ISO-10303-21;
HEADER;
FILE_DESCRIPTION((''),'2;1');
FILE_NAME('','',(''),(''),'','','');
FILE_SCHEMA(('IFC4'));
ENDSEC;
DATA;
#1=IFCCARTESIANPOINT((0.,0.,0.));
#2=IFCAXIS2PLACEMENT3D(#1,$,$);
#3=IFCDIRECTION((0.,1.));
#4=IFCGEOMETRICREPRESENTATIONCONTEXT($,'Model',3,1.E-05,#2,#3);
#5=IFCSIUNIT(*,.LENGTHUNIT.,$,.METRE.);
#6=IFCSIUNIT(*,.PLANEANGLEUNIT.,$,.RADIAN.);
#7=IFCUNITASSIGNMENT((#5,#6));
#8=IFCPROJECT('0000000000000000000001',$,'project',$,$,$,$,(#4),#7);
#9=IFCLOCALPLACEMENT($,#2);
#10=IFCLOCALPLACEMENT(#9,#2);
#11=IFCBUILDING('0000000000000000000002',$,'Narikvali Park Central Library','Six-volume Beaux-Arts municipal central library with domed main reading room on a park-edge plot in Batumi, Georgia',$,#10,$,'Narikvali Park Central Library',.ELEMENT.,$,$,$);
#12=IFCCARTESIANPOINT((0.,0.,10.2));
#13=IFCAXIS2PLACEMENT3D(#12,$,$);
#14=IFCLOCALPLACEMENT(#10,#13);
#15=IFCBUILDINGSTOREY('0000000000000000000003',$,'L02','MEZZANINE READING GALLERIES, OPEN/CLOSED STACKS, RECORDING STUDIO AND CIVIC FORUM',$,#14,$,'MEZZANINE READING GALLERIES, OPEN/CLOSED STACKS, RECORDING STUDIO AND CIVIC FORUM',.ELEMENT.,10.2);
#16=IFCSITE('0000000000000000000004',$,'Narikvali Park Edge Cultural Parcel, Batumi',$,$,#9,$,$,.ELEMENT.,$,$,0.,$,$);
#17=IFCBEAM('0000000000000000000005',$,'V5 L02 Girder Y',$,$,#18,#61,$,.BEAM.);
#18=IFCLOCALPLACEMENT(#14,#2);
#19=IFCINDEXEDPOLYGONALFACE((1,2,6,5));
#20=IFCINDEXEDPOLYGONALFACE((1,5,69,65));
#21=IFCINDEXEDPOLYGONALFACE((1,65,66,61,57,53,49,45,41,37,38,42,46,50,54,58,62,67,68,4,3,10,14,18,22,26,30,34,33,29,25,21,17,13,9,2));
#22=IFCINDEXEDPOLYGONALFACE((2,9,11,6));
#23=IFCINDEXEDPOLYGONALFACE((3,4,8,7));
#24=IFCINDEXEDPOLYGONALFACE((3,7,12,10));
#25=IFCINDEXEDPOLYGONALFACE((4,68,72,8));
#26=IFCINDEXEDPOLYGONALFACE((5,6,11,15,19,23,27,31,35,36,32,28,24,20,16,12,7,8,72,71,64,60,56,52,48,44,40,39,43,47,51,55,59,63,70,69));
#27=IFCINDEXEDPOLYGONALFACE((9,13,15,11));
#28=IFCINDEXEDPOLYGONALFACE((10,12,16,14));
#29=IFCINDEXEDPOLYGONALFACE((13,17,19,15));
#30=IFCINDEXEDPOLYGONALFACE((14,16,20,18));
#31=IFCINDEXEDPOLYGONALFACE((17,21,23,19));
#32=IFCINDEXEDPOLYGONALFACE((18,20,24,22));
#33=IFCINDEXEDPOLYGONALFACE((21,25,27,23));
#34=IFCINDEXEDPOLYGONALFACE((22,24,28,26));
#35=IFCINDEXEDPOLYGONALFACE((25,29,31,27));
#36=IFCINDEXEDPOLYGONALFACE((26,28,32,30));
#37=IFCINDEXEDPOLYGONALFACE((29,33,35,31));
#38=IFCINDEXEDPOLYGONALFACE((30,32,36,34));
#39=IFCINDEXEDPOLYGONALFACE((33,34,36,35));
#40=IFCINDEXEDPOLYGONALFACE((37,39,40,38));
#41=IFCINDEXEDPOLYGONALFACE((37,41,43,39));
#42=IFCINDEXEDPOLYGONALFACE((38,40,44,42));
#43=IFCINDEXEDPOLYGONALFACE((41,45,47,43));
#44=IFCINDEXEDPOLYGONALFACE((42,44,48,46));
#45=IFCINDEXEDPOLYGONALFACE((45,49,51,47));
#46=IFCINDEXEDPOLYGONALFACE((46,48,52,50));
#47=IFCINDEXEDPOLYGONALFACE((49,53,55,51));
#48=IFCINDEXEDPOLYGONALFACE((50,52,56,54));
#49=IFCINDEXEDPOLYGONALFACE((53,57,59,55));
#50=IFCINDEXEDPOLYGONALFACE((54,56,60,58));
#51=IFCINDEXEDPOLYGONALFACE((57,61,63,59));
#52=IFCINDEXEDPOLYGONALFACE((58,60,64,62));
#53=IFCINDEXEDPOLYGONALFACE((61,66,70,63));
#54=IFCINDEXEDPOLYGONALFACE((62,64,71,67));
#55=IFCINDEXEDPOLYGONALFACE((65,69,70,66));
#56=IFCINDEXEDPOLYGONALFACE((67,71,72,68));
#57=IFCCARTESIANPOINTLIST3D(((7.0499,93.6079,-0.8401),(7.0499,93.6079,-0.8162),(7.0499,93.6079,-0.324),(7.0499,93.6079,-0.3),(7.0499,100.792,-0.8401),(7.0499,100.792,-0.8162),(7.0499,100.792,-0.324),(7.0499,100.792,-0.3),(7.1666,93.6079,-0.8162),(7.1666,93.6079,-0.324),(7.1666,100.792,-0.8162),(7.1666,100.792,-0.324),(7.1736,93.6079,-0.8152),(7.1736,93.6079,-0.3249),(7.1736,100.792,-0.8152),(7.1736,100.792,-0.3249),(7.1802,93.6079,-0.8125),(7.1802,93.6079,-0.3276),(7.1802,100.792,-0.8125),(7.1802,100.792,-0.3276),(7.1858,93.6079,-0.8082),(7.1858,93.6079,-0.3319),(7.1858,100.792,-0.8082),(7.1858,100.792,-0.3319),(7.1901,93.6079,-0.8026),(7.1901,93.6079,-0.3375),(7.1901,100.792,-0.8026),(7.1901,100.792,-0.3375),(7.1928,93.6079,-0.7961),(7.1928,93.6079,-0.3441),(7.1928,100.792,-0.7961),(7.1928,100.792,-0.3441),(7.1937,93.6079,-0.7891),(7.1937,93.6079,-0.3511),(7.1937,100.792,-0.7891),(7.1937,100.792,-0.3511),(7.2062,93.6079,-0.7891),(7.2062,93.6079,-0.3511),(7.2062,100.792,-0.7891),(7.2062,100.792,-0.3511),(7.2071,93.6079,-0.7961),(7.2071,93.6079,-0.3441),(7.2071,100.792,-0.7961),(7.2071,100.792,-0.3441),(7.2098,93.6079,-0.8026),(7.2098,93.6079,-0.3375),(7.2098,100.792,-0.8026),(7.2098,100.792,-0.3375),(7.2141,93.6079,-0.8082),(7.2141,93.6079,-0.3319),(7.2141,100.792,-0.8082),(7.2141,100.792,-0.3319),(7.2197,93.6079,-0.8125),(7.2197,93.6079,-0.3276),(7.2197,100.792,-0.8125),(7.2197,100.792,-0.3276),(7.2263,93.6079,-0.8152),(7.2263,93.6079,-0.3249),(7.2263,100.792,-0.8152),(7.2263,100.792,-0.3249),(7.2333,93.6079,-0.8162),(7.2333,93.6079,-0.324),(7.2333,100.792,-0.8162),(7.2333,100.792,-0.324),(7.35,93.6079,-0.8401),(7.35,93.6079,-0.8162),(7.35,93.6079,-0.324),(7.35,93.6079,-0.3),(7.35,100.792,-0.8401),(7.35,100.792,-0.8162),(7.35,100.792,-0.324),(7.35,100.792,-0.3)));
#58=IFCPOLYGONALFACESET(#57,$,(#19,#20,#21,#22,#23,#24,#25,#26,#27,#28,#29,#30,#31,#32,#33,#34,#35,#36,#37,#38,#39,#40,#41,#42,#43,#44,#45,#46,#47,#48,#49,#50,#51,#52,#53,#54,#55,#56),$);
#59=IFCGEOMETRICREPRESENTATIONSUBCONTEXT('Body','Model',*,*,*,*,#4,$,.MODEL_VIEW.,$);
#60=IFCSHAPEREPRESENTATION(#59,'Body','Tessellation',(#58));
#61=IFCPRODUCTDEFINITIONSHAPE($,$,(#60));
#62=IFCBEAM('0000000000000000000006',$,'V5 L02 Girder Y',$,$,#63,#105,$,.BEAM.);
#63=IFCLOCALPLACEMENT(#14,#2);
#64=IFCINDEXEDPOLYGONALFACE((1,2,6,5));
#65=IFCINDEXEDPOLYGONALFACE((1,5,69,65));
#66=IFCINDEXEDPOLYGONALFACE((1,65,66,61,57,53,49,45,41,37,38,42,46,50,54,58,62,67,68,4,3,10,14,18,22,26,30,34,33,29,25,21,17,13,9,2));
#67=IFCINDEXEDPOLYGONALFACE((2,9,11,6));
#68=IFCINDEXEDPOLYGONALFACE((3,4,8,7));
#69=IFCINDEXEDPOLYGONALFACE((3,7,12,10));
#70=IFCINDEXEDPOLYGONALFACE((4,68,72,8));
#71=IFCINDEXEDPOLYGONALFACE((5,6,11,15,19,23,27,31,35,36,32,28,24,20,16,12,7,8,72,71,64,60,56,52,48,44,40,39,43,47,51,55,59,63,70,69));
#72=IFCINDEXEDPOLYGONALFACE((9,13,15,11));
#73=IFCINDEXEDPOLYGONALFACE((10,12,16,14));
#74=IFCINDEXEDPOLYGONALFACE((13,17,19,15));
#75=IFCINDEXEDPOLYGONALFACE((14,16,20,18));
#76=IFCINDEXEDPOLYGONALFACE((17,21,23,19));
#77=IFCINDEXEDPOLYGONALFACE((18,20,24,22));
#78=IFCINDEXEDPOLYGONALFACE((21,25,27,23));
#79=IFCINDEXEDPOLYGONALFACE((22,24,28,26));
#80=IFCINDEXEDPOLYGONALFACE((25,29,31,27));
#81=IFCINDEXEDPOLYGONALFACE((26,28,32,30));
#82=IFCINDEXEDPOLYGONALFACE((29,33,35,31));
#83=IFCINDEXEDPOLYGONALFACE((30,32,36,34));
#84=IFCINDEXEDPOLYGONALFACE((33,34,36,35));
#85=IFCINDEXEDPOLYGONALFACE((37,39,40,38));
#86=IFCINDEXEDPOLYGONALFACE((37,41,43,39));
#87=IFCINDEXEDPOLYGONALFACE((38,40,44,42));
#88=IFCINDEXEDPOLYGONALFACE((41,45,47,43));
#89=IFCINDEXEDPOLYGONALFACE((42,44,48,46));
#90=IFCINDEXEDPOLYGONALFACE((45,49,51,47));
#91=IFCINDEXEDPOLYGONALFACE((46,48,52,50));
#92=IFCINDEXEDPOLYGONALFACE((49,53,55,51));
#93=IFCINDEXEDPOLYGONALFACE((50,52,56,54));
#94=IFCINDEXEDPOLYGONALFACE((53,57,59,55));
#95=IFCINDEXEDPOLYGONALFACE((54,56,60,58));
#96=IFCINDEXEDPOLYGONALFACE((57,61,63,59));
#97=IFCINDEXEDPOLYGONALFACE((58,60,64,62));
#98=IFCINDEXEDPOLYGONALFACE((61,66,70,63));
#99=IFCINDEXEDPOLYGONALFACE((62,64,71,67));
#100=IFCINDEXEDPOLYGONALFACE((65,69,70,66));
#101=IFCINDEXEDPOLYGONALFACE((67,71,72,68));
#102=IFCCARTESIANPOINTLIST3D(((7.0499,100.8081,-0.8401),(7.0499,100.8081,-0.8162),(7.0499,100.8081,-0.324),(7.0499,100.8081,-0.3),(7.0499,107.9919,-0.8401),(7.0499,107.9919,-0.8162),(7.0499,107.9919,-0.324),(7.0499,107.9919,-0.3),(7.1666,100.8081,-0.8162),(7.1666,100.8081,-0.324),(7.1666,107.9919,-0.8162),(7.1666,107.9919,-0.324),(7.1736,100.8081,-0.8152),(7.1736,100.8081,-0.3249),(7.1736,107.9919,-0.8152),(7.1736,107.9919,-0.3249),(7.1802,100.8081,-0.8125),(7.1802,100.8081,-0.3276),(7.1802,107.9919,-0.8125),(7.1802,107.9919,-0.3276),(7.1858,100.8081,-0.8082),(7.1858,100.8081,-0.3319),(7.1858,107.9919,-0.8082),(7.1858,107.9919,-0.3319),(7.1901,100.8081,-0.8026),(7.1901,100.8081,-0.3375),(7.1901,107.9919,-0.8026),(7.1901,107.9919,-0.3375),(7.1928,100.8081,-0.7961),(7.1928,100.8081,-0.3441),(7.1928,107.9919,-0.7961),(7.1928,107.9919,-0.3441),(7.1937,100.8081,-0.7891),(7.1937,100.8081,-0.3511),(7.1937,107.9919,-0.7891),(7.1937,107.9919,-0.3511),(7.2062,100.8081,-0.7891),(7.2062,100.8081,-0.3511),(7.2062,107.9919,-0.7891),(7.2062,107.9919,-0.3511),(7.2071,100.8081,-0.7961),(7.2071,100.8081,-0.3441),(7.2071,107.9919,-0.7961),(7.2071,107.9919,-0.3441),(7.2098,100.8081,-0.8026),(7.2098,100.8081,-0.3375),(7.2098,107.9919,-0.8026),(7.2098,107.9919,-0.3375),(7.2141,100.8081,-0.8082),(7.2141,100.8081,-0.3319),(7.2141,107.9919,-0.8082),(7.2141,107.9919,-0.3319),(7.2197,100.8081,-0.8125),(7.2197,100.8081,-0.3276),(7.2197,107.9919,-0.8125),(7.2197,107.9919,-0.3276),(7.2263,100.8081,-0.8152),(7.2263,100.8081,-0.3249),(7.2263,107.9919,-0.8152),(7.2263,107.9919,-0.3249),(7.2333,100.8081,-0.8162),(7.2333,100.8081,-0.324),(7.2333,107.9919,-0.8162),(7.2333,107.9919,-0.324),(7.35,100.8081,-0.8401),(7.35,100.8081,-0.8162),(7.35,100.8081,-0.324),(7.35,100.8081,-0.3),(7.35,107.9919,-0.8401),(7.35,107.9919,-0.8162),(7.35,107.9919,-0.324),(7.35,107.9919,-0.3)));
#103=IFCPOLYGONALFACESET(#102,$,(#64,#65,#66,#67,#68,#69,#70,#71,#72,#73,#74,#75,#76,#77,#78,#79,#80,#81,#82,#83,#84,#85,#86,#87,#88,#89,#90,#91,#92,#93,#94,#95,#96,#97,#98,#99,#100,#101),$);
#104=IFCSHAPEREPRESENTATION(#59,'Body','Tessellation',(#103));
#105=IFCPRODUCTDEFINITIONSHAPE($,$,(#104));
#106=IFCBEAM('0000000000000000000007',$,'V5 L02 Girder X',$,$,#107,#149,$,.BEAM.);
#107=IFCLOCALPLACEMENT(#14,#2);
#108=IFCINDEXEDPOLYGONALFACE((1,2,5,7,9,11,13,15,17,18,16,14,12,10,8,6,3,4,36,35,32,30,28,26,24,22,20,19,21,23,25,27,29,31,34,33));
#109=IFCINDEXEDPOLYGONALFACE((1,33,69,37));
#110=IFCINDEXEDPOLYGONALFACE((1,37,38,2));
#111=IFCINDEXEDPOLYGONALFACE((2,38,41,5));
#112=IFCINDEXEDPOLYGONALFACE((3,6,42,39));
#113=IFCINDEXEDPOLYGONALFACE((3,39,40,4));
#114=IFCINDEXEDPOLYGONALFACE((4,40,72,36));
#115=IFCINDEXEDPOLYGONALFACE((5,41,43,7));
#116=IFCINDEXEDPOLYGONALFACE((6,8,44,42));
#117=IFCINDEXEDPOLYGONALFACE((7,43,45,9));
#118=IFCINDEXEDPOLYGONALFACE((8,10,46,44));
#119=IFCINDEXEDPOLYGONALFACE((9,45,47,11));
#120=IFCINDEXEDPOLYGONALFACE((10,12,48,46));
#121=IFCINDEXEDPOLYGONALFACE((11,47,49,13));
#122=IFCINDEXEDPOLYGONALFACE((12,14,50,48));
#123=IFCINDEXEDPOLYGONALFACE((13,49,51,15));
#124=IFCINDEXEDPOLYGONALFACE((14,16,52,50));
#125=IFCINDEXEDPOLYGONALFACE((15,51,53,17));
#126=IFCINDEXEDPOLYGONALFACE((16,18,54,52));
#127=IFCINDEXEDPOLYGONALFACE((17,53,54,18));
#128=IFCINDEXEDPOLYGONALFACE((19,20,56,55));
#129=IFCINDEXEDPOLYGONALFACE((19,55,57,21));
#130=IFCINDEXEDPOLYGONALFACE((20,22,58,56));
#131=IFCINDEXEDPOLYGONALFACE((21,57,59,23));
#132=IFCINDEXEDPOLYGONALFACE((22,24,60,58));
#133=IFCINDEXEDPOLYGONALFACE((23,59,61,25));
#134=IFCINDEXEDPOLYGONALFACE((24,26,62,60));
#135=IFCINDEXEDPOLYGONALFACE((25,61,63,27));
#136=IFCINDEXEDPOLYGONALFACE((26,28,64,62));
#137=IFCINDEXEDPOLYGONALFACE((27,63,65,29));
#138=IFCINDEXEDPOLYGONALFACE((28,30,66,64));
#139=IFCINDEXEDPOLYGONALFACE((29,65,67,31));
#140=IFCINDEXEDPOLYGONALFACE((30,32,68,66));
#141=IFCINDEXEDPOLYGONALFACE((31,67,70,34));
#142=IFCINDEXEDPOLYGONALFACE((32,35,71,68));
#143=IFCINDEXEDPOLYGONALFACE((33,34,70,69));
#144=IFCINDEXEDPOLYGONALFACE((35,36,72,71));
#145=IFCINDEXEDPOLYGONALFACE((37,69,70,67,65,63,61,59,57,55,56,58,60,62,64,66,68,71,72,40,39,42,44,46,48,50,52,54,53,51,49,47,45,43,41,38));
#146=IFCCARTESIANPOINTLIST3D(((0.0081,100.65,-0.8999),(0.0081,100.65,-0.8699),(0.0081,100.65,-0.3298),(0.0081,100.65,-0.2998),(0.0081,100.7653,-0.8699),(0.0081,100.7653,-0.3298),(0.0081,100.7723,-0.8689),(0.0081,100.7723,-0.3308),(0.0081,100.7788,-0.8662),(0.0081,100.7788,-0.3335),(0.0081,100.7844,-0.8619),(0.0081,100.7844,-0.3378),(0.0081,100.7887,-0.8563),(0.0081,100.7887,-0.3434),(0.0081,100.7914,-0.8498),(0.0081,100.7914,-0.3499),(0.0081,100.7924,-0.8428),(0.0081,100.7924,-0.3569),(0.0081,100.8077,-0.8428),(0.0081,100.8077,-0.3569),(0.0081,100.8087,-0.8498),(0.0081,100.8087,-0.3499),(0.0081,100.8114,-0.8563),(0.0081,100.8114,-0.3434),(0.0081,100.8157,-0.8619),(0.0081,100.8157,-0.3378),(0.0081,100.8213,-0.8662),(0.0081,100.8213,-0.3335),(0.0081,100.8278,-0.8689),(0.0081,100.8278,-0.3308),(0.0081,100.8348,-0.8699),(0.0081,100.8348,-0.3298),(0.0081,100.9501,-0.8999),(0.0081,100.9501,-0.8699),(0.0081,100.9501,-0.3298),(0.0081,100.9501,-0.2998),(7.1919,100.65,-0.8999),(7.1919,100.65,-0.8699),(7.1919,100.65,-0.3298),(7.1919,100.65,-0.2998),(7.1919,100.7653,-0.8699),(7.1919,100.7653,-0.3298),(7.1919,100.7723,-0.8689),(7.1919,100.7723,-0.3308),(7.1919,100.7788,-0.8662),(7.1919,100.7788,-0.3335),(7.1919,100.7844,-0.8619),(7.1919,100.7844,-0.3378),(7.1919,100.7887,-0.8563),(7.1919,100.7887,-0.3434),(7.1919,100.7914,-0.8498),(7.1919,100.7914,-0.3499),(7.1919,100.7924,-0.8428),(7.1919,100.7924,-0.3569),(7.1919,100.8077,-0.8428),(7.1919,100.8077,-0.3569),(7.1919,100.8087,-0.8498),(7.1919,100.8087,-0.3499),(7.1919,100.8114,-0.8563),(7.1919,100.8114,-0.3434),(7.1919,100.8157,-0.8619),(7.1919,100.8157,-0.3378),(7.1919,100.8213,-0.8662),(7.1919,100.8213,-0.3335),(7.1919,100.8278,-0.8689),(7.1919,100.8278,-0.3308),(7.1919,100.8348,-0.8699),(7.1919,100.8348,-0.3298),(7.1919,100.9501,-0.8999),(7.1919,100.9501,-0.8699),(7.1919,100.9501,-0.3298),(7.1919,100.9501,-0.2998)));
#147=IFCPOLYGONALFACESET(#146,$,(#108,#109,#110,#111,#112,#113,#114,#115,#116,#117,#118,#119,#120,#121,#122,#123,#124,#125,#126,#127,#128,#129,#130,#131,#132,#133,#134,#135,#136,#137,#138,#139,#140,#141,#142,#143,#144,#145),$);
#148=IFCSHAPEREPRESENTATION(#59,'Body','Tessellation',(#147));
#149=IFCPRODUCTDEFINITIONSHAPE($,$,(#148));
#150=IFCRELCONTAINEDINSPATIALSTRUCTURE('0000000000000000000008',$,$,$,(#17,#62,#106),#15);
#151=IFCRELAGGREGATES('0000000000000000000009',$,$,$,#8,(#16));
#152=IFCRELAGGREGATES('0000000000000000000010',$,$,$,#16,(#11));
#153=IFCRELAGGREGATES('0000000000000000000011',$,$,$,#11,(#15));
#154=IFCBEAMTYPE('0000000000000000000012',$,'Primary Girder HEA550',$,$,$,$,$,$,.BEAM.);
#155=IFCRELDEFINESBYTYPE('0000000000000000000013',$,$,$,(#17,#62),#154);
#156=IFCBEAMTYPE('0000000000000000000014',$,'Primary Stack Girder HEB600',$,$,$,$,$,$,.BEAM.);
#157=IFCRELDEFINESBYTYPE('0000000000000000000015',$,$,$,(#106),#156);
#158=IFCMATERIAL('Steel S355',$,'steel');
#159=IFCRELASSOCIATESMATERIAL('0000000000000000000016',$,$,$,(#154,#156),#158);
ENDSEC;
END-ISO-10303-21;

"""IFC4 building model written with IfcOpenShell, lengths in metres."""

from ifc_helpers import new_model, si_unit, direction, frame, origin, origin_2d, place, context, subcontext, project, spatial, i_section, extrude, material, material_profile, profile_set, type_object, element, save


model = new_model("IFC4")

# Units and contexts
model_context = context("Model", 3, precision=1e-05, world=origin(), true_north=direction((0.0, 1.0)))
body_context = subcontext(model_context, "Body", "Model", "MODEL_VIEW")
ifc_project = project(units=[si_unit("LENGTHUNIT", "METRE"), si_unit("PLANEANGLEUNIT", "RADIAN")], contexts=[model_context])

# Site, building, storey
site_placement = place(None, origin())
site = spatial("IfcSite", under=ifc_project, at=site_placement, Name="Narikvali Park Edge Cultural Parcel, Batumi", CompositionType="ELEMENT", RefElevation=0.0)
building_placement = place(site_placement, origin())
building = spatial("IfcBuilding", under=site, at=building_placement, Name="Narikvali Park Central Library", Description="Six-volume Beaux-Arts municipal central library with domed main reading room on a park-edge plot in Batumi, Georgia", LongName="Narikvali Park Central Library", CompositionType="ELEMENT")
storey_placement = place(building_placement, frame((0.0, 0.0, 10.2)))
storey = spatial("IfcBuildingStorey", under=building, at=storey_placement, Name="L02", Description="MEZZANINE READING GALLERIES, OPEN/CLOSED STACKS, RECORDING STUDIO AND CIVIC FORUM", LongName="MEZZANINE READING GALLERIES, OPEN/CLOSED STACKS, RECORDING STUDIO AND CIVIC FORUM", CompositionType="ELEMENT", Elevation=10.2)

# Shared definitions
ifc_material_1 = material(Name="Steel S355", Category="steel")

# Beams
ifc_material_profile_1 = material_profile(ifc_material_1, i_section(OverallWidth=0.3, OverallDepth=0.54, WebThickness=0.0125, FlangeThickness=0.0239, FilletRadius=0.0271, at=origin_2d()), Name="HEA 550")
ifc_profile_set_1 = profile_set([ifc_material_profile_1], Name="Steel S355")
beam_type_1 = type_object("IfcBeamType", Name="Primary Girder HEA550", PredefinedType="BEAM", material=ifc_profile_set_1)
beam_1_placement = place(storey_placement, frame((7.2, 93.6079, -0.5701), z_axis=(0.0, 1.0, 0.0), x_axis=(-1.0, 0.0, 0.0)))
element("IfcBeam", 1, at=beam_1_placement, inside=storey, type_object=beam_type_1, Name="V5 L02 Girder Y", PredefinedType="BEAM", context=body_context, shape_type="SweptSolid", body=[
    extrude(i_section(OverallWidth=0.3, OverallDepth=0.54, WebThickness=0.0125, FlangeThickness=0.0239, FilletRadius=0.0271, at=origin_2d()), origin(), (0.0, 0.0, 1.0), 7.1841),
])
beam_2_placement = place(storey_placement, frame((7.2, 100.8081, -0.5701), z_axis=(0.0, 1.0, 0.0), x_axis=(-1.0, 0.0, 0.0)))
element("IfcBeam", 2, at=beam_2_placement, inside=storey, type_object=beam_type_1, Name="V5 L02 Girder Y", PredefinedType="BEAM", context=body_context, shape_type="SweptSolid", body=[
    extrude(i_section(OverallWidth=0.3, OverallDepth=0.54, WebThickness=0.0125, FlangeThickness=0.0239, FilletRadius=0.0271, at=origin_2d()), origin(), (0.0, 0.0, 1.0), 7.1838),
])
ifc_material_profile_2 = material_profile(ifc_material_1, i_section(OverallWidth=0.3, OverallDepth=0.6001, WebThickness=0.0154, FlangeThickness=0.03, FilletRadius=0.0271, at=origin_2d()), Name="HEB 600")
ifc_profile_set_2 = profile_set([ifc_material_profile_2], Name="Steel S355")
beam_type_2 = type_object("IfcBeamType", Name="Primary Stack Girder HEB600", PredefinedType="BEAM", material=ifc_profile_set_2)
beam_3_placement = place(storey_placement, frame((0.0081, 100.8, -0.5999), z_axis=(1.0, 0.0, 0.0), x_axis=(0.0, 1.0, 0.0)))
element("IfcBeam", 3, at=beam_3_placement, inside=storey, type_object=beam_type_2, Name="V5 L02 Girder X", PredefinedType="BEAM", context=body_context, shape_type="SweptSolid", body=[
    extrude(i_section(OverallWidth=0.3, OverallDepth=0.6001, WebThickness=0.0154, FlangeThickness=0.03, FilletRadius=0.0271, at=origin_2d()), origin(), (0.0, 0.0, 1.0), 7.1838),
])

save(model, "model.ifc")
